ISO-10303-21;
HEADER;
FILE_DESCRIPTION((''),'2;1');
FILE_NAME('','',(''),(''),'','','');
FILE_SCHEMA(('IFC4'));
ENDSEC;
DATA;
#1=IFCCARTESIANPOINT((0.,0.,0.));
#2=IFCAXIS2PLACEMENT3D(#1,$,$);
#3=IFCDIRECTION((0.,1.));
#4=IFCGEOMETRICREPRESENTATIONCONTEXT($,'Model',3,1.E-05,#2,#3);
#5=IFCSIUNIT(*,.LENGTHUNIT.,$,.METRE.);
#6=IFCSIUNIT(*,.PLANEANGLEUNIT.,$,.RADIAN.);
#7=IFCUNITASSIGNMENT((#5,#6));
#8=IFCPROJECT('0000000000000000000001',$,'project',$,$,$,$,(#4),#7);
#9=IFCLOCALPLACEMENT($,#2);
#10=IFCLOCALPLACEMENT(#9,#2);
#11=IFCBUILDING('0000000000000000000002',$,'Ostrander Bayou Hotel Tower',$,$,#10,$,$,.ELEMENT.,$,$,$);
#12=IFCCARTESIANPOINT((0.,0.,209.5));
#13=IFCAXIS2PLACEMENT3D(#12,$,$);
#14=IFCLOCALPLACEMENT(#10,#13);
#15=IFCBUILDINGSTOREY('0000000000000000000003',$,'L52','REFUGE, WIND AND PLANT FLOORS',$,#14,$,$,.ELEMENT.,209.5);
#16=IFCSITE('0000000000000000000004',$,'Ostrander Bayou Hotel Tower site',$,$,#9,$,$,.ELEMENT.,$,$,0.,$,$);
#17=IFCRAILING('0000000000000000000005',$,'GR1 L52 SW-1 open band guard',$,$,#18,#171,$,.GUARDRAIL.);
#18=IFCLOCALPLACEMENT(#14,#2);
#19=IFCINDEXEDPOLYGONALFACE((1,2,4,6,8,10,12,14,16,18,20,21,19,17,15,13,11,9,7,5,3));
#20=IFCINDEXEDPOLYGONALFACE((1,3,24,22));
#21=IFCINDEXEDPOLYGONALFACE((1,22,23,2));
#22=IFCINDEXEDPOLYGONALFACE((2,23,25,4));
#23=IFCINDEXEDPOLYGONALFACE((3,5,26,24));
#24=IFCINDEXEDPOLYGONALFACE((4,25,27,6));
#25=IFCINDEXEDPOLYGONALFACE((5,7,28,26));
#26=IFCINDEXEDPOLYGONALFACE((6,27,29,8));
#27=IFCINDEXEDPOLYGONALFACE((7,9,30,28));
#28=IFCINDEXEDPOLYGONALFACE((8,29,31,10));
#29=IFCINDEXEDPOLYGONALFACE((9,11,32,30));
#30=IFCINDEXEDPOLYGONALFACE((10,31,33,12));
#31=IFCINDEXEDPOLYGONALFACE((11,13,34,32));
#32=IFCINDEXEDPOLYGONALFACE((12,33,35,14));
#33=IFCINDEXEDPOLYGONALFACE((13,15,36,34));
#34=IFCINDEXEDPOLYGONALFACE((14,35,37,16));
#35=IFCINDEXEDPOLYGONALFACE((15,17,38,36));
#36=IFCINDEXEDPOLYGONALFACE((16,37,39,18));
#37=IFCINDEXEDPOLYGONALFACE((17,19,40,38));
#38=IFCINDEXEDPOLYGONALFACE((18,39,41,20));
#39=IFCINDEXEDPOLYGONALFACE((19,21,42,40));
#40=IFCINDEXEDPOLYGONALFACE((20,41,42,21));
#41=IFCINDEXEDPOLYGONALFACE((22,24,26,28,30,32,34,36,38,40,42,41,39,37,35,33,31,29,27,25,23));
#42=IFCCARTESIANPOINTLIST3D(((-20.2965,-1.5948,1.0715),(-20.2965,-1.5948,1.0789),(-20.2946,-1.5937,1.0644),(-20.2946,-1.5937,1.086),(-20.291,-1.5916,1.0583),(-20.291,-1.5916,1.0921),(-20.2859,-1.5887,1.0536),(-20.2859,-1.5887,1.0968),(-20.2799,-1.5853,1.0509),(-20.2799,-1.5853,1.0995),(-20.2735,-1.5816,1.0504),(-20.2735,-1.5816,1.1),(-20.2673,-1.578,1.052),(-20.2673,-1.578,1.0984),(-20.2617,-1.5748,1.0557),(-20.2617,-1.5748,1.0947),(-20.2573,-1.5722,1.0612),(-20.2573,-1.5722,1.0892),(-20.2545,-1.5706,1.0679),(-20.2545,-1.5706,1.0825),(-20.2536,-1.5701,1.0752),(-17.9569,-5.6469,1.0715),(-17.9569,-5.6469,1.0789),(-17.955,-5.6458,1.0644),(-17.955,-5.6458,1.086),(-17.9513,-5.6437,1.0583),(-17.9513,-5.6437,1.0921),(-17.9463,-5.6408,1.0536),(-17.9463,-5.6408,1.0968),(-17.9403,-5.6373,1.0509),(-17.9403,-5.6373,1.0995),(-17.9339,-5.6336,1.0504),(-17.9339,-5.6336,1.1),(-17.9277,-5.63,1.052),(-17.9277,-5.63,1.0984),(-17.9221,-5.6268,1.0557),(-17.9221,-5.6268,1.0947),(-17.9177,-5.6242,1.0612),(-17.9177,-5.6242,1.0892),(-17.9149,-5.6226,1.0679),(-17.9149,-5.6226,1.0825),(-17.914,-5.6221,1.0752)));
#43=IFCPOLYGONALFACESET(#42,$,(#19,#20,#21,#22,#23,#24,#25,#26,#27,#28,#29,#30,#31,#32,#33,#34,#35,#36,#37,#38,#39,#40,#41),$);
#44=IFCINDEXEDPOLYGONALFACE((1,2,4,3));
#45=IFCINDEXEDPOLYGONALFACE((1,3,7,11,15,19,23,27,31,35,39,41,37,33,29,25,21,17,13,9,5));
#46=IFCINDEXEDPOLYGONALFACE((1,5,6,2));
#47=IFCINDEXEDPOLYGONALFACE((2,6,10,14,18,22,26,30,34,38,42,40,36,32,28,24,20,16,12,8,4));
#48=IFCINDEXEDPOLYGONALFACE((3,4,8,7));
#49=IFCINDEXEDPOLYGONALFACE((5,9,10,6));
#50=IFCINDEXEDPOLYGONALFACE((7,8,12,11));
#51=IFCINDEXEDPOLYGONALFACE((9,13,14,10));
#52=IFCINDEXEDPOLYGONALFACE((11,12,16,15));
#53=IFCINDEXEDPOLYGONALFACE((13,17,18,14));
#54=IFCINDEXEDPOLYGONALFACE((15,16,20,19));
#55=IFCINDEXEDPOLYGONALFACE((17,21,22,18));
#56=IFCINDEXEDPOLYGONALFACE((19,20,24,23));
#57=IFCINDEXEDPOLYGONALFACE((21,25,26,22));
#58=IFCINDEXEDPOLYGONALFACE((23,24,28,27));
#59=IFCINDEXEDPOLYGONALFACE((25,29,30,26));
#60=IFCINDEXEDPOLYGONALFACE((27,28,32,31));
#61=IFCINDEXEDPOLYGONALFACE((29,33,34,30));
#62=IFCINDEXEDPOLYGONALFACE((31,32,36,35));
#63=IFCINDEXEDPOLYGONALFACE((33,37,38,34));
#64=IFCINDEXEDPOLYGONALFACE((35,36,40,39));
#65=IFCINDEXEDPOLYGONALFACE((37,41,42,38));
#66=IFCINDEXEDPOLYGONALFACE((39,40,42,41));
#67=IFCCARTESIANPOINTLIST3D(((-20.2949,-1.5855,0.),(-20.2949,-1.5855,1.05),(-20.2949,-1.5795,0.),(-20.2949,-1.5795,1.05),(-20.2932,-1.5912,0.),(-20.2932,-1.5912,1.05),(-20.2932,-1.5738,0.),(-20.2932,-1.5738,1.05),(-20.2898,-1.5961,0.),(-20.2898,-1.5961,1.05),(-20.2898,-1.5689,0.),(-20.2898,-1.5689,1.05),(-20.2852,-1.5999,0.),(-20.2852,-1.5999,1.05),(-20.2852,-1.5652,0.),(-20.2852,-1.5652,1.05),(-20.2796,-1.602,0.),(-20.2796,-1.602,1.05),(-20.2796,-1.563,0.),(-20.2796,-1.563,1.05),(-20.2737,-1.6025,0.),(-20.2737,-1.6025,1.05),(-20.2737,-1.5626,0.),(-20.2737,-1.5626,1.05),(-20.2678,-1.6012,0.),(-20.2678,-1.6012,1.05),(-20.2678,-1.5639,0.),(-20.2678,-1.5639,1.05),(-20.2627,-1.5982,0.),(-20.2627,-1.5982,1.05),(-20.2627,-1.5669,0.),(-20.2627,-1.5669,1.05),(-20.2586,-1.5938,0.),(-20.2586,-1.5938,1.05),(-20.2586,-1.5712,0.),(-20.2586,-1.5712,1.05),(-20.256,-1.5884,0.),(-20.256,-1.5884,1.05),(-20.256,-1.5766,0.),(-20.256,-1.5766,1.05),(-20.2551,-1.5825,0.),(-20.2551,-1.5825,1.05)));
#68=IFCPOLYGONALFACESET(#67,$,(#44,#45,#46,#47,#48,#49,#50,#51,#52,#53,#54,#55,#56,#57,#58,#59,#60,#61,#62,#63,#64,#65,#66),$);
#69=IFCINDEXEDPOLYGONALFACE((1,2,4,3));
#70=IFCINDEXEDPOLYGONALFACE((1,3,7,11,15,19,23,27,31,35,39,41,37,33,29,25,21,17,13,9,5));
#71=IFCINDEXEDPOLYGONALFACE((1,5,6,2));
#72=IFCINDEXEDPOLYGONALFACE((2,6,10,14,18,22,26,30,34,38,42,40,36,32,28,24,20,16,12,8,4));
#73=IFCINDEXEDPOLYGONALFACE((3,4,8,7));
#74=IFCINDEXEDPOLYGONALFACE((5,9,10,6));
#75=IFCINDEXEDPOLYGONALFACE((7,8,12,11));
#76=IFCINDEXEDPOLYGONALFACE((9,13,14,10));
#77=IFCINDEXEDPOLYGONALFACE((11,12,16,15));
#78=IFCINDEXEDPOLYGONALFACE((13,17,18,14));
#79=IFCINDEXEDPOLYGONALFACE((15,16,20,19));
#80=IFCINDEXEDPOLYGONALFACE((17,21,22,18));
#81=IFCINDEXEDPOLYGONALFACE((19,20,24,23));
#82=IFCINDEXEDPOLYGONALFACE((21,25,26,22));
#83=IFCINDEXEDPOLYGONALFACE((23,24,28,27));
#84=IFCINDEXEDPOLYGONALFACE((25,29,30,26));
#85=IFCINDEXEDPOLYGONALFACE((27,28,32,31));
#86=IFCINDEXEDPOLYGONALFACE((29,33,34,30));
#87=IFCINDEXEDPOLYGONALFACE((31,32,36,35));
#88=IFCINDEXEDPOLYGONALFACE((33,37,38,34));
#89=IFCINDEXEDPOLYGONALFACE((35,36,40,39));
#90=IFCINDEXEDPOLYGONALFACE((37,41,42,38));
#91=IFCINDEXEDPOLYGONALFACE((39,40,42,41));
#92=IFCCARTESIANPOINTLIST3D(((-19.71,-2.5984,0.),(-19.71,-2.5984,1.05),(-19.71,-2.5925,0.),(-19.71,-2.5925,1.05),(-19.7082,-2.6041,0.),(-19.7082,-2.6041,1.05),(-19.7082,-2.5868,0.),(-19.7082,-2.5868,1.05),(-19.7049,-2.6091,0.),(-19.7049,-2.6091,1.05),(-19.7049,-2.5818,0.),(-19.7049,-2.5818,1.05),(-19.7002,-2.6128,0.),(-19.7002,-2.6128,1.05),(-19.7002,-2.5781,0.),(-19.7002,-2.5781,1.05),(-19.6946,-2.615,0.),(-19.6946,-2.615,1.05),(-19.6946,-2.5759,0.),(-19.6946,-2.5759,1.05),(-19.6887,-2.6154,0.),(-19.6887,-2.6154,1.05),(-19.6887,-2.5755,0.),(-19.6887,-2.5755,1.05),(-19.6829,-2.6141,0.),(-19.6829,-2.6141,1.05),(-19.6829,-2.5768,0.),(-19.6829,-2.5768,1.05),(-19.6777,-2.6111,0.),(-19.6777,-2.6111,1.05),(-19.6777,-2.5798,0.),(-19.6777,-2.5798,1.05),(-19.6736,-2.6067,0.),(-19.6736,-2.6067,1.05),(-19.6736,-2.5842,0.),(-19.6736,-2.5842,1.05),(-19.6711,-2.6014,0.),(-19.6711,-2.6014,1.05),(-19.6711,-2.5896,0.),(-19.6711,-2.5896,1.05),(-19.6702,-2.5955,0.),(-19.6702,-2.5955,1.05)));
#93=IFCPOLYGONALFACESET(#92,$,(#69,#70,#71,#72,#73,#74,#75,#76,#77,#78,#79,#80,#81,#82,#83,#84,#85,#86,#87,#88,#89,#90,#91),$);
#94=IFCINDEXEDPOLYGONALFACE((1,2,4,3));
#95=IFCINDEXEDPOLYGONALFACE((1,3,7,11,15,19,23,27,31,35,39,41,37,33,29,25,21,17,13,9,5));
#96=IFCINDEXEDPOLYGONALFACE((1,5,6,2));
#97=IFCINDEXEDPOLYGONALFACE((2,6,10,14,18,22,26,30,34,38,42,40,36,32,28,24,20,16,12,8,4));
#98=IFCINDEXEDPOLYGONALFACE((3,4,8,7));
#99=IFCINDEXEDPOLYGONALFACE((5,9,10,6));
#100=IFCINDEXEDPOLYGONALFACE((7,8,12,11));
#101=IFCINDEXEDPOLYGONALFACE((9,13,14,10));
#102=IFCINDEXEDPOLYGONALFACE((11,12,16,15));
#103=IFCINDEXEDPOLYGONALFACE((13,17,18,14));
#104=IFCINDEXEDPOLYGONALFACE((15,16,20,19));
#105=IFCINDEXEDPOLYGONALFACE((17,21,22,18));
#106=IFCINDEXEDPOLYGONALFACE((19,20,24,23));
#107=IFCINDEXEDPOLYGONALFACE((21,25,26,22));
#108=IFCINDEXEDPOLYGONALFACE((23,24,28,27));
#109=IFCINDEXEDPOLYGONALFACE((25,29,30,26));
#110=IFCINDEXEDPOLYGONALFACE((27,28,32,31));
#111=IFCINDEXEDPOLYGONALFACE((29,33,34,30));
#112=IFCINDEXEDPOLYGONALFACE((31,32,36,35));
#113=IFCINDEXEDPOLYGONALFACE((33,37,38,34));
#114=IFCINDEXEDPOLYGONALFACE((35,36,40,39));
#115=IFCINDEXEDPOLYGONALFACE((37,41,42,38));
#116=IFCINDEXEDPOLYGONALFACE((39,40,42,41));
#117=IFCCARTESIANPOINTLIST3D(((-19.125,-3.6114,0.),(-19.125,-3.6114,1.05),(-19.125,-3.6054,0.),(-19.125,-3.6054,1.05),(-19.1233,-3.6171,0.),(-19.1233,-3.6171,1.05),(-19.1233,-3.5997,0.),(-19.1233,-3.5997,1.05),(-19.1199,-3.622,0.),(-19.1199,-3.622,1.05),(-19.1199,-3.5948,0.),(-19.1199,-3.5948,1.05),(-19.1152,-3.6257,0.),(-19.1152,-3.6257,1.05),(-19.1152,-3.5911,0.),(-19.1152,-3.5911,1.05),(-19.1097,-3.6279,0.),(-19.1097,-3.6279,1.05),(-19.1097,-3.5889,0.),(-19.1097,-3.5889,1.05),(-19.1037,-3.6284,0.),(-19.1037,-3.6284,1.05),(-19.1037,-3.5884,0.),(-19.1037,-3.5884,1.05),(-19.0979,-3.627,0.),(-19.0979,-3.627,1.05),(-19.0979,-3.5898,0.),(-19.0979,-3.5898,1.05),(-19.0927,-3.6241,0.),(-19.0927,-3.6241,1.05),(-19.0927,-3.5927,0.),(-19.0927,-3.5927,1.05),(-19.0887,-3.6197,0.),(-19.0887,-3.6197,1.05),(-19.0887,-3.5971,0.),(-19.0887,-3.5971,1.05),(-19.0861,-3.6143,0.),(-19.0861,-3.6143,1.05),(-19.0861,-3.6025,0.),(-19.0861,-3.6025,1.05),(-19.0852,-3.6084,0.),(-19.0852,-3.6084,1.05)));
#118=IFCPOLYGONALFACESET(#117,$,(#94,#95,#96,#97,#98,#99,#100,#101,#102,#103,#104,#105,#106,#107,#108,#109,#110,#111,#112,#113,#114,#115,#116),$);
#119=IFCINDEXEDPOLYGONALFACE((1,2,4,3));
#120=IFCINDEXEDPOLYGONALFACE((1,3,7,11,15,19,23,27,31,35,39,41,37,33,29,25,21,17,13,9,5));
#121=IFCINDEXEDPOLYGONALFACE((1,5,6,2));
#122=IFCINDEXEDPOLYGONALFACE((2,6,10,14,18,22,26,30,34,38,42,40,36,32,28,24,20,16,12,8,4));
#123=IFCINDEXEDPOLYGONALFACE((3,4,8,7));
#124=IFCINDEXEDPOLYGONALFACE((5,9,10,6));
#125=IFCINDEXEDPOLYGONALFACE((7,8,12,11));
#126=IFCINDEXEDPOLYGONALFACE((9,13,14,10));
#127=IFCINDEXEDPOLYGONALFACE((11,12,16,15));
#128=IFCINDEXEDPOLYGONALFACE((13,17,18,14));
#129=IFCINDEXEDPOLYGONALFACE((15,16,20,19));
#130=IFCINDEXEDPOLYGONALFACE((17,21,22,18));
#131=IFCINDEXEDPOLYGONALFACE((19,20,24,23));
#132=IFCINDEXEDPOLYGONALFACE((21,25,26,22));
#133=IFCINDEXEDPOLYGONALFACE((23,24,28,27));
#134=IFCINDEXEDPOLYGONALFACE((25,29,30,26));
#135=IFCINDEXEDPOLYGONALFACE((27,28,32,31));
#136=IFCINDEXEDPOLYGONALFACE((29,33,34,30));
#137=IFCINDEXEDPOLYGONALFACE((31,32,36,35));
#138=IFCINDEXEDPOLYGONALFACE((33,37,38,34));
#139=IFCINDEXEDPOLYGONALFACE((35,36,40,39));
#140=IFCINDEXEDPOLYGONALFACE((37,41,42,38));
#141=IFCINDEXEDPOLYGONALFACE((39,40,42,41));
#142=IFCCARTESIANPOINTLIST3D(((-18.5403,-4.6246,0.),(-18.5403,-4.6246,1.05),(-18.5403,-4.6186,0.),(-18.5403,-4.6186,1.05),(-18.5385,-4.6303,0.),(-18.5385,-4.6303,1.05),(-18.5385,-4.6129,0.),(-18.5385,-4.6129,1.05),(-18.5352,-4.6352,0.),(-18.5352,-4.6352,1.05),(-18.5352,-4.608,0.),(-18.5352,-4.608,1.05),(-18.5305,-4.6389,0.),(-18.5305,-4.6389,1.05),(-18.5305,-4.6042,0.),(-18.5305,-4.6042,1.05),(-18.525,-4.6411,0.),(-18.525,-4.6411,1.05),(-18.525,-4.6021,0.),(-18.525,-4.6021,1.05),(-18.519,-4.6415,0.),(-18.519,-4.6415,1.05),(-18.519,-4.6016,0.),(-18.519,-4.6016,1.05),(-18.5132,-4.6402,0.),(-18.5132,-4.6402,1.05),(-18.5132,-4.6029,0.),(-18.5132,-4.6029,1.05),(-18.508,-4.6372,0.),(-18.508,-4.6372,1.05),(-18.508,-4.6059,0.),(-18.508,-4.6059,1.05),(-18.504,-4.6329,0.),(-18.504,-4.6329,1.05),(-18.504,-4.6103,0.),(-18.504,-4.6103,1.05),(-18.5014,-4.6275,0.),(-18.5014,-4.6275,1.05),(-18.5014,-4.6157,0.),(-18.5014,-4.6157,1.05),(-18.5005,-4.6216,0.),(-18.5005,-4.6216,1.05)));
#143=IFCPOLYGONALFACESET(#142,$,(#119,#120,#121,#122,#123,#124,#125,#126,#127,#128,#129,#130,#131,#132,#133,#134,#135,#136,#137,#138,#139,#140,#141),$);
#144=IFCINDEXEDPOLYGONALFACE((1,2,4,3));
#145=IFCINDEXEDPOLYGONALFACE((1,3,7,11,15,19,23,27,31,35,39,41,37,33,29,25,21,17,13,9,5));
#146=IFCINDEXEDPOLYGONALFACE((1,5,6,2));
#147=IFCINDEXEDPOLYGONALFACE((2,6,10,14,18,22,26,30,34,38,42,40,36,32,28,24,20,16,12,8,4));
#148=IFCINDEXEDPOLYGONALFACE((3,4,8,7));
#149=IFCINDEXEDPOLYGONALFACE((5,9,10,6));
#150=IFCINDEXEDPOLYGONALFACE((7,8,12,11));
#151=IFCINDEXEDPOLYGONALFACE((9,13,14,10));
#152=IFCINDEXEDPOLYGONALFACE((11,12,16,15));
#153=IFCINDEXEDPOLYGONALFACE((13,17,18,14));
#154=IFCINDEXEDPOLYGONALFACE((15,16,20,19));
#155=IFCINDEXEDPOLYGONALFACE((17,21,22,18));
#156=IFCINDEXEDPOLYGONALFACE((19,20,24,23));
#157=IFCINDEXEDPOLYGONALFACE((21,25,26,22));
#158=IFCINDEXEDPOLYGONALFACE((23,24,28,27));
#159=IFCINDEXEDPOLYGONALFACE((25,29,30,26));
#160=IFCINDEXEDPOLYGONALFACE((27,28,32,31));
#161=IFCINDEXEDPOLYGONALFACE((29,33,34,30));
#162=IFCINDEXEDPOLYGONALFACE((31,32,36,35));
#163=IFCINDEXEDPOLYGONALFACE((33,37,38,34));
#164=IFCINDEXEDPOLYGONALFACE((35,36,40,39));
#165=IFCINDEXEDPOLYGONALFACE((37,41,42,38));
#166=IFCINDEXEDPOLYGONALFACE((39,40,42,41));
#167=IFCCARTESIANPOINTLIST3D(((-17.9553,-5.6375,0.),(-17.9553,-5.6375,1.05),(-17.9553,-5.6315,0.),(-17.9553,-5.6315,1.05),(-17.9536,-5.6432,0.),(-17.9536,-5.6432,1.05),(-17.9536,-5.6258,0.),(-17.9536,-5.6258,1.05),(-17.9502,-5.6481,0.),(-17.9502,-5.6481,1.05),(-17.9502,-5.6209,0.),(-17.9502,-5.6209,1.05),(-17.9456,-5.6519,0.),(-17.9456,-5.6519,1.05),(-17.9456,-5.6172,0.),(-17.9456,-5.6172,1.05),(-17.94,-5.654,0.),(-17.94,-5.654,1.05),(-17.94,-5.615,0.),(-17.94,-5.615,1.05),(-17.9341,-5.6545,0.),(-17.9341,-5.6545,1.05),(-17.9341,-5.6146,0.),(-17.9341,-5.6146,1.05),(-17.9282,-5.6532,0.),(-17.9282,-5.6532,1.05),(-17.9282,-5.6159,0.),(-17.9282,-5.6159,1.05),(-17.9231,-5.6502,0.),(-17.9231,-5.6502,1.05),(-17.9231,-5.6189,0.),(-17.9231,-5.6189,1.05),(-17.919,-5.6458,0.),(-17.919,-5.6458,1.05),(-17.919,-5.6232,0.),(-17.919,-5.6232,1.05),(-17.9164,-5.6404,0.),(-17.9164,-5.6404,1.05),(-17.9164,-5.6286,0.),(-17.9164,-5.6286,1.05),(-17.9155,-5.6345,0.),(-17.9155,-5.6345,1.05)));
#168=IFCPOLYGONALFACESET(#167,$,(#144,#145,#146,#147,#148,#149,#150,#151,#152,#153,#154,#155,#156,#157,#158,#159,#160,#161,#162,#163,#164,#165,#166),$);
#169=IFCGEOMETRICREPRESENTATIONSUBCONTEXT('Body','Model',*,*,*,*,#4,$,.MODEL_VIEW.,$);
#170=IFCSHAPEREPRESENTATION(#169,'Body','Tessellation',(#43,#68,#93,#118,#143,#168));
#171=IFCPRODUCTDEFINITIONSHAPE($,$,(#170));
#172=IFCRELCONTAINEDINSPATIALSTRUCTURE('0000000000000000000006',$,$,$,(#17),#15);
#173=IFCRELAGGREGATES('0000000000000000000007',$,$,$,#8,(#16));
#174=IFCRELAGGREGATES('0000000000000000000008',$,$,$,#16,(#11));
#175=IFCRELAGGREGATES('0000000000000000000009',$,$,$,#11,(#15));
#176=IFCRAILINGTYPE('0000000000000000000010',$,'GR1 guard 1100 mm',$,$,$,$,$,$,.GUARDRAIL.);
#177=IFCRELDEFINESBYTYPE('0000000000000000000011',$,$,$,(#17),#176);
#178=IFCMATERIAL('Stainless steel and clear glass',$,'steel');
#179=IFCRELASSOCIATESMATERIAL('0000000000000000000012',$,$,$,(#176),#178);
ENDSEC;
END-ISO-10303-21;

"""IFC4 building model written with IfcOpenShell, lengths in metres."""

from ifc_helpers import new_model, si_unit, direction, frame, origin, origin_2d, place, context, subcontext, project, spatial, circle, extrude, material, type_object, element, save


model = new_model("IFC4")

# Units and contexts
model_context = context("Model", 3, precision=1e-05, world=origin(), true_north=direction((0.0, 1.0)))
body_context = subcontext(model_context, "Body", "Model", "MODEL_VIEW")
ifc_project = project(units=[si_unit("LENGTHUNIT", "METRE"), si_unit("PLANEANGLEUNIT", "RADIAN")], contexts=[model_context])

# Site, building, storey
site_placement = place(None, origin())
site = spatial("IfcSite", under=ifc_project, at=site_placement, Name="Ostrander Bayou Hotel Tower site", CompositionType="ELEMENT", RefElevation=0.0)
building_placement = place(site_placement, origin())
building = spatial("IfcBuilding", under=site, at=building_placement, Name="Ostrander Bayou Hotel Tower", CompositionType="ELEMENT")
storey_placement = place(building_placement, frame((0.0, 0.0, 209.5)))
storey = spatial("IfcBuildingStorey", under=building, at=storey_placement, Name="L52", Description="REFUGE, WIND AND PLANT FLOORS", CompositionType="ELEMENT", Elevation=209.5)

# Railing
ifc_material_1 = material(Name="Stainless steel and clear glass", Category="steel")
railing_type = type_object("IfcRailingType", Name="GR1 guard 1100 mm", PredefinedType="GUARDRAIL", material=ifc_material_1)
railing_1_placement = place(storey_placement, frame((-20.2751, -1.5825, 0.0)))
element("IfcRailing", 1, at=railing_1_placement, inside=storey, type_object=railing_type, Name="GR1 L52 SW-1 open band guard", PredefinedType="GUARDRAIL", context=body_context, shape_type="SweptSolid", body=[
    extrude(circle(Radius=0.0249, at=origin_2d()), frame((0.0, 0.0, 1.0752), z_axis=(0.500028, -0.866009, 0.0), x_axis=(0.866009, 0.500028, 0.0)), (0.0, 0.0, 1.0), 4.679),
    extrude(circle(Radius=0.02, at=origin_2d()), origin(), (0.0, 0.0, 1.0), 1.05),
    extrude(circle(Radius=0.02, at=origin_2d()), frame((0.585, -1.0129, 0.0)), (0.0, 0.0, 1.0), 1.05),
    extrude(circle(Radius=0.02, at=origin_2d()), frame((1.1699, -2.0259, 0.0)), (0.0, 0.0, 1.0), 1.05),
    extrude(circle(Radius=0.02, at=origin_2d()), frame((1.7546, -3.0391, 0.0)), (0.0, 0.0, 1.0), 1.05),
    extrude(circle(Radius=0.02, at=origin_2d()), frame((2.3396, -4.052, 0.0)), (0.0, 0.0, 1.0), 1.05),
])

save(model, "model.ifc")
